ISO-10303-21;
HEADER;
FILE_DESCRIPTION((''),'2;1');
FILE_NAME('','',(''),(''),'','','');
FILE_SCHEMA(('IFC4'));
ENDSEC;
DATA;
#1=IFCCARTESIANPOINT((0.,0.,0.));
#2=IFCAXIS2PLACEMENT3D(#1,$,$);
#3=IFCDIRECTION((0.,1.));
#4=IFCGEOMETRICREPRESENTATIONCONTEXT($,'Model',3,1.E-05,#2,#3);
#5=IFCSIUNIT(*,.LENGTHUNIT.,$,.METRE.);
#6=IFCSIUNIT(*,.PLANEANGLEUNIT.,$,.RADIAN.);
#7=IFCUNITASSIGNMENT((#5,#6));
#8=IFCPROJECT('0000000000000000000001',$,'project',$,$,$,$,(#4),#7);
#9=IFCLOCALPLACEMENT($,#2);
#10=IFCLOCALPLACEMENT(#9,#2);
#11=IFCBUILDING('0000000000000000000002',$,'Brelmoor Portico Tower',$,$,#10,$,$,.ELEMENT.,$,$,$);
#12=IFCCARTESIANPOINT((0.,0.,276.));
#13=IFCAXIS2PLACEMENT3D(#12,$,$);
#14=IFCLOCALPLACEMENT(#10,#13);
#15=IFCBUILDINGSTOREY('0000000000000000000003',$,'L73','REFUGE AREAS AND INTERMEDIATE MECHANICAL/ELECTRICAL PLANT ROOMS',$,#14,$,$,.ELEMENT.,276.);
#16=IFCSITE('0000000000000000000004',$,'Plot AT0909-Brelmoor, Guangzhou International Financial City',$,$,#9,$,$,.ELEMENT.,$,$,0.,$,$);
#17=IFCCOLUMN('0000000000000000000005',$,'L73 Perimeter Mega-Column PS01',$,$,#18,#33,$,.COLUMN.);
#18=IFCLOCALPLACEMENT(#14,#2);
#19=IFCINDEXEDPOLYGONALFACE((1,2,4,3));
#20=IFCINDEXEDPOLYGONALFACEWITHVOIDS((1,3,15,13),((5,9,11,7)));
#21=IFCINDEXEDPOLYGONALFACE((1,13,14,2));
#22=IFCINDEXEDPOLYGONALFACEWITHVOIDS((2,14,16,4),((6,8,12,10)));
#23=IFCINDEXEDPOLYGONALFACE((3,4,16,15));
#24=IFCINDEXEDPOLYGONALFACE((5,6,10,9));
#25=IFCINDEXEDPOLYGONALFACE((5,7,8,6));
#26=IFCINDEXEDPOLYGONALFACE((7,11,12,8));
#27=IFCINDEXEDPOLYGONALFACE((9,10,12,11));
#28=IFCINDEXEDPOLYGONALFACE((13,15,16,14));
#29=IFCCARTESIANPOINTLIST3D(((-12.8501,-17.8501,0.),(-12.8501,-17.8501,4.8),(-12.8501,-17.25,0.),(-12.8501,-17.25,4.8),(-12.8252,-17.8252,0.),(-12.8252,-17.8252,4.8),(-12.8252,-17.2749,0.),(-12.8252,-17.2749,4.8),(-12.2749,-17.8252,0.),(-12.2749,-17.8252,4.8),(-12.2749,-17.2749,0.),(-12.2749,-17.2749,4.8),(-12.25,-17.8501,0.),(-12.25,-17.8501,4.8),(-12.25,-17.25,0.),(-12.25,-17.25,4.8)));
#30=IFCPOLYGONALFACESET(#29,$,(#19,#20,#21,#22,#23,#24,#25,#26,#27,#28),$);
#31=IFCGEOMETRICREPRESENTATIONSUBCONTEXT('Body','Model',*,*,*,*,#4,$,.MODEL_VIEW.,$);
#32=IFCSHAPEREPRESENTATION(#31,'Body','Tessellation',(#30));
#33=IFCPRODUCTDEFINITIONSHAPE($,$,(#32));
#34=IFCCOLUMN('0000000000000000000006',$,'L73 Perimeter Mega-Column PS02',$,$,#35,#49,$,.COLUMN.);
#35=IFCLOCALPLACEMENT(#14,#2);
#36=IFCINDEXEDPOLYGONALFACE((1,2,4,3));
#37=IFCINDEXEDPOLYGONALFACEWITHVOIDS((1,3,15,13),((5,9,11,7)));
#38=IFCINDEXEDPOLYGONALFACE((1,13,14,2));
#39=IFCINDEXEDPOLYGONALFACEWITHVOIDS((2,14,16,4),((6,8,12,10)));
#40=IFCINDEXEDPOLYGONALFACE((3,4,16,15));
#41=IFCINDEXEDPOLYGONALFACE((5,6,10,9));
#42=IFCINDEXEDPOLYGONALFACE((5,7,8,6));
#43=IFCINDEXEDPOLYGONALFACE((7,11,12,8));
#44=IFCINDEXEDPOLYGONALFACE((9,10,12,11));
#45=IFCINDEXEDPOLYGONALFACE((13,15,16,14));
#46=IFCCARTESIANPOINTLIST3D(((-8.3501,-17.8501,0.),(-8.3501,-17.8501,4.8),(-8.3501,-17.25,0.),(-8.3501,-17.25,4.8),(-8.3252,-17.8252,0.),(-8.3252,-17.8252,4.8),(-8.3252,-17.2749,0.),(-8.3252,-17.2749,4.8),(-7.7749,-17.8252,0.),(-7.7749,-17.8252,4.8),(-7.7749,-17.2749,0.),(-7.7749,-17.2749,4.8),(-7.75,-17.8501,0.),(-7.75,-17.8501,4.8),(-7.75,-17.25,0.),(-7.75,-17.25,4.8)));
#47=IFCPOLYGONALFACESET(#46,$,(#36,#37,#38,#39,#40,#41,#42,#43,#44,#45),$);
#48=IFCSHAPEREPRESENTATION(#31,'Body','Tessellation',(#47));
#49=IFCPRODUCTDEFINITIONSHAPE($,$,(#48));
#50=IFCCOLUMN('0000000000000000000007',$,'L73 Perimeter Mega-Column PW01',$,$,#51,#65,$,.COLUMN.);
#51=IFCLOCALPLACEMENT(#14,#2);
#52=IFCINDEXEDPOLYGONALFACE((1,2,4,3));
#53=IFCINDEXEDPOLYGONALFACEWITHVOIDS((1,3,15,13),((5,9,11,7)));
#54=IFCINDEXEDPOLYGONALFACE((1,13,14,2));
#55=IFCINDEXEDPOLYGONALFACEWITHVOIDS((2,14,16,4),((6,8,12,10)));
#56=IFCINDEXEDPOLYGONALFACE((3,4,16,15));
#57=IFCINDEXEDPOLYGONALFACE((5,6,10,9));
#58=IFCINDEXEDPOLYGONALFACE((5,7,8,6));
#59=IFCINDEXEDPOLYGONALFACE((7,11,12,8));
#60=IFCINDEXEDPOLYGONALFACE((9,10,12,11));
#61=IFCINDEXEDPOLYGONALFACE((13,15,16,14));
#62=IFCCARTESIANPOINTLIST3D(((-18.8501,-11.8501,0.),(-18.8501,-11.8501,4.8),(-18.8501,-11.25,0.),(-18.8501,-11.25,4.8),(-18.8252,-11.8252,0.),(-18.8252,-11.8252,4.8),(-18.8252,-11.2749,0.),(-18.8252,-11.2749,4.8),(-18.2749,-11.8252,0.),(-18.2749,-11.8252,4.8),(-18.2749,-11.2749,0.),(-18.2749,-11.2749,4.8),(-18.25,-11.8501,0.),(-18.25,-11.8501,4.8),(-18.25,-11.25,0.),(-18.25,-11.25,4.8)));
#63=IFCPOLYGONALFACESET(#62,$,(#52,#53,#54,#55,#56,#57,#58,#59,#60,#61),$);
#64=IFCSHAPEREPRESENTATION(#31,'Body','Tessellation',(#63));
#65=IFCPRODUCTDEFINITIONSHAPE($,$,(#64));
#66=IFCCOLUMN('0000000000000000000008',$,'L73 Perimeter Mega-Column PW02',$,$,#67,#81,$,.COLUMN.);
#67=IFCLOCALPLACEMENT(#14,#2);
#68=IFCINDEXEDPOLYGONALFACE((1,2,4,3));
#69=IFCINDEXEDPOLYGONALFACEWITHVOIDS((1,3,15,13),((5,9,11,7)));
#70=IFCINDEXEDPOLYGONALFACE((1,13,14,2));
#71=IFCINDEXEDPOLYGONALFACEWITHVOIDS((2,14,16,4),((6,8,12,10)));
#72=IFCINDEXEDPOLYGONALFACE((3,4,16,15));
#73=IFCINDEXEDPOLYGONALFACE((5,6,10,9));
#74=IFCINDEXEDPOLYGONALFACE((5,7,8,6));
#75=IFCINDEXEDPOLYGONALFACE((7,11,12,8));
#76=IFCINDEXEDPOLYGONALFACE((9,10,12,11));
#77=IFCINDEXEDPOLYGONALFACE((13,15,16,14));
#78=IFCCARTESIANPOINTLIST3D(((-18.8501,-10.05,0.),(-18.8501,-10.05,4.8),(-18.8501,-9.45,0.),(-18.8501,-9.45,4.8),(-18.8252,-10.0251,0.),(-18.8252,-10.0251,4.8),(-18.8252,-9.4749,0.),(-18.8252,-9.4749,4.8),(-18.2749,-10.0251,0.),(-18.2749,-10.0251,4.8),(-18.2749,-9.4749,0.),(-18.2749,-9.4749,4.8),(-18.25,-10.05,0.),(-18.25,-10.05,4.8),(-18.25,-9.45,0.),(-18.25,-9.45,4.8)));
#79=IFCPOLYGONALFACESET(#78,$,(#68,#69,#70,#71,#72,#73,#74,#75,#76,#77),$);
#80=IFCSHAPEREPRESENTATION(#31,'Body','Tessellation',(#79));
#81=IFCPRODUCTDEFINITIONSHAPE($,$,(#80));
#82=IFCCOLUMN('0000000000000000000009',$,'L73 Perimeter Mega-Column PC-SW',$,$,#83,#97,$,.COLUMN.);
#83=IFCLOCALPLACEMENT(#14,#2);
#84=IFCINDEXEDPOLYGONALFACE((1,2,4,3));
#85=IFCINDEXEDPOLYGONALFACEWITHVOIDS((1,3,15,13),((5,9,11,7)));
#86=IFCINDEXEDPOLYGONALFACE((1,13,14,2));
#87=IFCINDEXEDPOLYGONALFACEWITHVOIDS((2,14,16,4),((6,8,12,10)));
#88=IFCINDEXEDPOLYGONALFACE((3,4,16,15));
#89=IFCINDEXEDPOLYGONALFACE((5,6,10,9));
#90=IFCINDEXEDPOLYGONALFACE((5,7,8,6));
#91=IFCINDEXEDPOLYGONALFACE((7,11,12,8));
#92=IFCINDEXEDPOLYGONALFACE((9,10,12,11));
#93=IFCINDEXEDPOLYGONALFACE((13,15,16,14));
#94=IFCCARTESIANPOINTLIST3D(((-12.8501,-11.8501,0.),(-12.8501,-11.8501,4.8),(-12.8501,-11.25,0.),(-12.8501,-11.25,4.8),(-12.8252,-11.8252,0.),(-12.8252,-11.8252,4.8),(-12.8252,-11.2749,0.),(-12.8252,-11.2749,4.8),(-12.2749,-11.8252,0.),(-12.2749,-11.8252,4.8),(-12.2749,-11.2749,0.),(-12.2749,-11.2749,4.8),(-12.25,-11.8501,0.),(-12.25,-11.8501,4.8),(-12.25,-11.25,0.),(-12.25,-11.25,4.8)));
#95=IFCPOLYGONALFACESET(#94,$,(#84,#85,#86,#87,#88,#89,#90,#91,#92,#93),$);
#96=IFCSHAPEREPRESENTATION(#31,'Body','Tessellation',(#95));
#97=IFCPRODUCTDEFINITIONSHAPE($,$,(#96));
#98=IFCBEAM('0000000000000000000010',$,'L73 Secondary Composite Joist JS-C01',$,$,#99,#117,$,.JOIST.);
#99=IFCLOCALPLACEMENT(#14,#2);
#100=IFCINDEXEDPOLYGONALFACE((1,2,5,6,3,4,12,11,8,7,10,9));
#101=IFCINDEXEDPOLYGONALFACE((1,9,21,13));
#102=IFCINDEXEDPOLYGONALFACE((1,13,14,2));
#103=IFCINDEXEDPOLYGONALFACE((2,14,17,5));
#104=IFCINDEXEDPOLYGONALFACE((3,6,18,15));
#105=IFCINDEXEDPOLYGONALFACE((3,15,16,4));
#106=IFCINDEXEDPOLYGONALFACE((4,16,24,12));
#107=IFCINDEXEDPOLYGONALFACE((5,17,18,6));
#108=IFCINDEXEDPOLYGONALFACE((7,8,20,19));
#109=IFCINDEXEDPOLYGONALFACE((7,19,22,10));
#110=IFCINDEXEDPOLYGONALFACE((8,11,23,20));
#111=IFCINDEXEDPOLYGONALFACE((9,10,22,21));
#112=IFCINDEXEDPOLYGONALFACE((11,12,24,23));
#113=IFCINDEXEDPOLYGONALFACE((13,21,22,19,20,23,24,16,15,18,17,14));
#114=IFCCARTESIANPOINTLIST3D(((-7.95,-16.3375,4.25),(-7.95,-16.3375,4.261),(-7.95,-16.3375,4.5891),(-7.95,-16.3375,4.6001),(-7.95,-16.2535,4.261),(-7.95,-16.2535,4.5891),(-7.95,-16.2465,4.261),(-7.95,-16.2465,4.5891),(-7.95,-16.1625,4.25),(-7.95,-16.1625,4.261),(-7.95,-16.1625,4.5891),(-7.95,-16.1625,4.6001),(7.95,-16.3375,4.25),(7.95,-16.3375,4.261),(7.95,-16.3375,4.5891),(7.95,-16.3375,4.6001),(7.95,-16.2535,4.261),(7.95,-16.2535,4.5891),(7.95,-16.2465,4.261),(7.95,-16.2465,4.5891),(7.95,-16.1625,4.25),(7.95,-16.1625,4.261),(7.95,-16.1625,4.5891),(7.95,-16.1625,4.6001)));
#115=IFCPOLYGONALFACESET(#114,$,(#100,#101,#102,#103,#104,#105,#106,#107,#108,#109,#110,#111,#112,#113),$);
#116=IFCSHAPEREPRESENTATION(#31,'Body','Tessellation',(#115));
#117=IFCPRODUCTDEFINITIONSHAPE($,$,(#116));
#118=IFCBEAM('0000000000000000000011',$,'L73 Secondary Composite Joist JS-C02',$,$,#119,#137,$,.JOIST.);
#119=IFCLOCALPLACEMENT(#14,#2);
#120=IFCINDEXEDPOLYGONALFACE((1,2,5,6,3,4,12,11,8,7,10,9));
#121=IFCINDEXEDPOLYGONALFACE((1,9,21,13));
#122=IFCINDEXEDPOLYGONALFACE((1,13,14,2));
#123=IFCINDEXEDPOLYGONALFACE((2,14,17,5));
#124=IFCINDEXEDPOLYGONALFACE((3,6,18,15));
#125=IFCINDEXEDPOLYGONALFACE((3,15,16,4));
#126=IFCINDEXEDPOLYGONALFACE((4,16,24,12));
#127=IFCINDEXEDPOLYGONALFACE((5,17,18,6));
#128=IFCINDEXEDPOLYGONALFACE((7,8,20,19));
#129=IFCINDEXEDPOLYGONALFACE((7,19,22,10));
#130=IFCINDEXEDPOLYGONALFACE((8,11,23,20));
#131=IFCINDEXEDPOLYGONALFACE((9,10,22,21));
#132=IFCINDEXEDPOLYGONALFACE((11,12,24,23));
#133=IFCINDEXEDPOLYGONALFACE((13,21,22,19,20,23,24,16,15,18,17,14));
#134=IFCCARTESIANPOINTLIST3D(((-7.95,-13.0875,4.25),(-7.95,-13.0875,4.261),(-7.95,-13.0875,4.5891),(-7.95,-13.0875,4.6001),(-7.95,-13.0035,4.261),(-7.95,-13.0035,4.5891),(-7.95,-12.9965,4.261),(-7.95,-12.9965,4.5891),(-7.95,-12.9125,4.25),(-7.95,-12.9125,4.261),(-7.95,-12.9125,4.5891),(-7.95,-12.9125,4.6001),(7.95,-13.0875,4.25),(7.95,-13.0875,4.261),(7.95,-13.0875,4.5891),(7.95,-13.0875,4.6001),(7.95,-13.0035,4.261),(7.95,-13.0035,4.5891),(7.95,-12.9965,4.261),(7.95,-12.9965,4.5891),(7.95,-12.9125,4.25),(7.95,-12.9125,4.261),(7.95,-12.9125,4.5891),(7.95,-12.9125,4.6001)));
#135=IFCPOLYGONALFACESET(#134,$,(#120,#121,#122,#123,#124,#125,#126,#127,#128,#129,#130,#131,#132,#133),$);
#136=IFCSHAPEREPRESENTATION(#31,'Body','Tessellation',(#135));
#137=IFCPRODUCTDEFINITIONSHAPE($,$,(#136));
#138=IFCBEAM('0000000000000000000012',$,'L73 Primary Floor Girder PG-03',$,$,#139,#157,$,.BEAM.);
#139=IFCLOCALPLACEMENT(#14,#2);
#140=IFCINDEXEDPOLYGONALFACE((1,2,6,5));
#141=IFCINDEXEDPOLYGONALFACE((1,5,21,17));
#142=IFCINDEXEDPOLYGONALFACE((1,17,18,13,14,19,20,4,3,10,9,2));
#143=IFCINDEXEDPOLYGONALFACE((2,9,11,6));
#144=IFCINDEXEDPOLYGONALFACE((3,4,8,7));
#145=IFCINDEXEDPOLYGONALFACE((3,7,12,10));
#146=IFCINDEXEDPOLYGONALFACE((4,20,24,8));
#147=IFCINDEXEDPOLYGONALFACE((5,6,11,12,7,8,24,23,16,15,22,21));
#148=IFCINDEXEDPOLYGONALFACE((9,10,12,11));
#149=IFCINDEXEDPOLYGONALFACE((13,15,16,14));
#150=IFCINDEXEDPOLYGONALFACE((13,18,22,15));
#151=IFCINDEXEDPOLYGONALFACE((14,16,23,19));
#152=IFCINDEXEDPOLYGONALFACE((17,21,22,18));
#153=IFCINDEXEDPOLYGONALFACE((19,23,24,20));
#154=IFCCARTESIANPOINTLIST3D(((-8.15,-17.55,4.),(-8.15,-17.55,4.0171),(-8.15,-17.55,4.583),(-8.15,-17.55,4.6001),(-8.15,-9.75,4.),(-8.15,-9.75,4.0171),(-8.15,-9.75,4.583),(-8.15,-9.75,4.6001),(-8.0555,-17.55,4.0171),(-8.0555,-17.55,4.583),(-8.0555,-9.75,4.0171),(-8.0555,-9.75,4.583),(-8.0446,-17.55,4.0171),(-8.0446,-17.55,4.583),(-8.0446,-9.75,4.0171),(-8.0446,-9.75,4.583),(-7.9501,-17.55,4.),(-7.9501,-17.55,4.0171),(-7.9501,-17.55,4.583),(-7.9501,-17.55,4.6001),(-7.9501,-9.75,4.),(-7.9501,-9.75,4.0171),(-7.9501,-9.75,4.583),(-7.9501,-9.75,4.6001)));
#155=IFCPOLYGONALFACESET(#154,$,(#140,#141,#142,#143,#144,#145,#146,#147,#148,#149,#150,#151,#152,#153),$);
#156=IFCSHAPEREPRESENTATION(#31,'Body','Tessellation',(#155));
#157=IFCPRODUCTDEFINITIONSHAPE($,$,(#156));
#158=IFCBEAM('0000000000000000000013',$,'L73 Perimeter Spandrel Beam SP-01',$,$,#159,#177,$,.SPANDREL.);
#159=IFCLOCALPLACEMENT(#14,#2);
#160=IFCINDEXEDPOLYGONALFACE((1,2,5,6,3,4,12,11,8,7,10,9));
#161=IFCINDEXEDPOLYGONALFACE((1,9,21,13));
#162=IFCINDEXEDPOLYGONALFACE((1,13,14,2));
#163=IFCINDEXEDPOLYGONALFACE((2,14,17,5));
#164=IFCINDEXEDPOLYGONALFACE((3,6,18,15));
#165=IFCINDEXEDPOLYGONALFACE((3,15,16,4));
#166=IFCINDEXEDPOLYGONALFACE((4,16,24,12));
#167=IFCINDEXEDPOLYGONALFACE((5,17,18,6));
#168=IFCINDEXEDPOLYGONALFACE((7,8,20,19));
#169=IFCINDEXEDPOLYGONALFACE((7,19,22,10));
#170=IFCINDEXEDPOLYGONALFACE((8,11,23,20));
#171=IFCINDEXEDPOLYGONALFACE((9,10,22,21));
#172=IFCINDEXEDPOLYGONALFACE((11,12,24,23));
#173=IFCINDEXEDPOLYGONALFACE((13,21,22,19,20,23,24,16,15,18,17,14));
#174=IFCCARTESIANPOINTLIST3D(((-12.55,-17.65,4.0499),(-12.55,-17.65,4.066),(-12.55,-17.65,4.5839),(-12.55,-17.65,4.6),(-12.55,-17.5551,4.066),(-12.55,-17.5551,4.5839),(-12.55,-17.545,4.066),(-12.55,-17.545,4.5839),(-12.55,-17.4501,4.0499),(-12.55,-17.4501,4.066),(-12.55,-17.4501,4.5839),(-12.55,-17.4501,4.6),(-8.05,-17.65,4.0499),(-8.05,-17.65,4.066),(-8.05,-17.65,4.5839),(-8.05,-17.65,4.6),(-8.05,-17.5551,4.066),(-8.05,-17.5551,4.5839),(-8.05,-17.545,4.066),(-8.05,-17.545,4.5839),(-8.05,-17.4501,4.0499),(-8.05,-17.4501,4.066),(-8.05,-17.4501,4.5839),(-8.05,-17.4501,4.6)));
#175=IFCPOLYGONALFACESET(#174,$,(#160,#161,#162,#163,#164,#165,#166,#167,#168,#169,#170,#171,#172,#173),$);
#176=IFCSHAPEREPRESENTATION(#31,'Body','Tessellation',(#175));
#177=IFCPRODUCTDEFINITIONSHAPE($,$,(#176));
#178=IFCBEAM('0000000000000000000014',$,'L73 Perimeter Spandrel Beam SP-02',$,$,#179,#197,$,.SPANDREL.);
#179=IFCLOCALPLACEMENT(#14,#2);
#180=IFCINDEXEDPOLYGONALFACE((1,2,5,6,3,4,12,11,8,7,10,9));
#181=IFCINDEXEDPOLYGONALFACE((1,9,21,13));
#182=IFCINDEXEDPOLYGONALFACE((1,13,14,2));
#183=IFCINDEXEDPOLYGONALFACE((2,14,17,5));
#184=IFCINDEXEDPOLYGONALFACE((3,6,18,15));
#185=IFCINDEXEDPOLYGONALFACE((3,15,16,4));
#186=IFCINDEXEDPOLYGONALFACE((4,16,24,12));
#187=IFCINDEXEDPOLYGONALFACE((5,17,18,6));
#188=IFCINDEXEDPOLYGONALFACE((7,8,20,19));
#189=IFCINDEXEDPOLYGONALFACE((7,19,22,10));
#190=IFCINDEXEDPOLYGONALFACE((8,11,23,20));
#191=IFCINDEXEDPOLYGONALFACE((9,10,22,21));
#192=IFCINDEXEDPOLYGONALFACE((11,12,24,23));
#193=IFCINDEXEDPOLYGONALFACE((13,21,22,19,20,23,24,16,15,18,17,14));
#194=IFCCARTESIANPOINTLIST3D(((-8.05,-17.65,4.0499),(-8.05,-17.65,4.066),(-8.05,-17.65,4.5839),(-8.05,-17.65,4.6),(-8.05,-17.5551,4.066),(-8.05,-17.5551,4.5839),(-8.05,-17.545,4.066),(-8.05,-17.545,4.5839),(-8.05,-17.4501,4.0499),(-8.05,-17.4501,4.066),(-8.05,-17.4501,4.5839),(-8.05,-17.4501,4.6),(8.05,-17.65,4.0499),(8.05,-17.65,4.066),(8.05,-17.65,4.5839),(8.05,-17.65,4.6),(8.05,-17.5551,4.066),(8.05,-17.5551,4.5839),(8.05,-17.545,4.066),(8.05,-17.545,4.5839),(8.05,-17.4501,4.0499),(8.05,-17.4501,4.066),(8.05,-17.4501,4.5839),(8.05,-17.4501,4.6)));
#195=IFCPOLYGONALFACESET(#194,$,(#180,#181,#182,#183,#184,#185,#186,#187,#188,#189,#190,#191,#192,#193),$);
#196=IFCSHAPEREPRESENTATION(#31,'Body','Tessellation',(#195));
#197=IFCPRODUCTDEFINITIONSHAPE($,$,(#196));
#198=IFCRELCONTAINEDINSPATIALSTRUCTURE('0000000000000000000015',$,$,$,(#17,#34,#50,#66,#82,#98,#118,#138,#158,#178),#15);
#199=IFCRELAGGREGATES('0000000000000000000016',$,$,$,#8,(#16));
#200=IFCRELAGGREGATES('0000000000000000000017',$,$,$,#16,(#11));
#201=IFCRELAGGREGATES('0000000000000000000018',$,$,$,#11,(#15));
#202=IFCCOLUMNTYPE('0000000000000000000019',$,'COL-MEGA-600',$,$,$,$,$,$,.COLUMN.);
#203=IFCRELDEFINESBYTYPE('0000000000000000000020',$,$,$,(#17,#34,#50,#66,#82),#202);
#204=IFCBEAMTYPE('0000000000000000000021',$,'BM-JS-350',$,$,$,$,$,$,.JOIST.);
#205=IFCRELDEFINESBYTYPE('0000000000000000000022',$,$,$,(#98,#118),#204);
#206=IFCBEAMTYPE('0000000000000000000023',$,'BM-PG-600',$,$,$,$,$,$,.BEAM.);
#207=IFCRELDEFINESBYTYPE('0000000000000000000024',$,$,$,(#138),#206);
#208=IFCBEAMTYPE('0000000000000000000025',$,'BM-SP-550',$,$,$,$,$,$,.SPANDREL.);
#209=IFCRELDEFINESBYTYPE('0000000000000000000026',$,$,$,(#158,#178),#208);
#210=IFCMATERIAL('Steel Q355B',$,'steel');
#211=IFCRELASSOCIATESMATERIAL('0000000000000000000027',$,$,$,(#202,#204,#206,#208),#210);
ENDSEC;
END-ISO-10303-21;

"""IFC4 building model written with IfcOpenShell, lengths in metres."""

from ifc_helpers import new_model, si_unit, direction, frame, origin, origin_2d, place, context, subcontext, project, spatial, hollow_rectangle, i_section, extrude, material, material_profile, profile_set, type_object, element, save


model = new_model("IFC4")

# Units and contexts
model_context = context("Model", 3, precision=1e-05, world=origin(), true_north=direction((0.0, 1.0)))
body_context = subcontext(model_context, "Body", "Model", "MODEL_VIEW")
ifc_project = project(units=[si_unit("LENGTHUNIT", "METRE"), si_unit("PLANEANGLEUNIT", "RADIAN")], contexts=[model_context])

# Site, building, storey
site_placement = place(None, origin())
site = spatial("IfcSite", under=ifc_project, at=site_placement, Name="Plot AT0909-Brelmoor, Guangzhou International Financial City", CompositionType="ELEMENT", RefElevation=0.0)
building_placement = place(site_placement, origin())
building = spatial("IfcBuilding", under=site, at=building_placement, Name="Brelmoor Portico Tower", CompositionType="ELEMENT")
storey_placement = place(building_placement, frame((0.0, 0.0, 276.0)))
storey = spatial("IfcBuildingStorey", under=building, at=storey_placement, Name="L73", Description="REFUGE AREAS AND INTERMEDIATE MECHANICAL/ELECTRICAL PLANT ROOMS", CompositionType="ELEMENT", Elevation=276.0)

# Columns
ifc_material_1 = material(Name="Steel Q355B", Category="steel")
ifc_material_profile_1 = material_profile(ifc_material_1, hollow_rectangle(XDim=0.6001, YDim=0.6001, WallThickness=0.0249, at=origin_2d()), Name="BOX 600x600x25")
ifc_profile_set_1 = profile_set([ifc_material_profile_1], Name="Steel Q355B")
column_type = type_object("IfcColumnType", Name="COL-MEGA-600", PredefinedType="COLUMN", material=ifc_profile_set_1)
for number, where, z_axis, x_axis, name in (
    (1, (-12.55, -17.55, 0.0), (0.0, 0.0, 1.0), (1.0, 0.0, 0.0), "L73 Perimeter Mega-Column PS01"),
    (2, (-8.05, -17.55, 0.0), (0.0, 0.0, 1.0), (1.0, 0.0, 0.0), "L73 Perimeter Mega-Column PS02"),
    (3, (-18.55, -11.55, 0.0), (0.0, 0.0, 1.0), (0.0, 1.0, 0.0), "L73 Perimeter Mega-Column PW01"),
    (4, (-18.55, -9.75, 0.0), (0.0, 0.0, 1.0), (0.0, 1.0, 0.0), "L73 Perimeter Mega-Column PW02"),
    (5, (-12.55, -11.55, 0.0), (0.0, 0.0, 1.0), (1.0, 0.0, 0.0), "L73 Perimeter Mega-Column PC-SW"),
):
    element("IfcColumn", number, at=place(storey_placement, frame(where, z_axis=z_axis, x_axis=x_axis)), inside=storey, type_object=column_type, Name=name, PredefinedType="COLUMN", context=body_context, shape_type="SweptSolid", body=[
        extrude(hollow_rectangle(XDim=0.6001, YDim=0.6001, WallThickness=0.0249, at=origin_2d()), origin(), (0.0, 0.0, 1.0), 4.8),
    ])

# Beams
ifc_material_profile_2 = material_profile(ifc_material_1, i_section(OverallWidth=0.175, OverallDepth=0.3501, WebThickness=0.0071, FlangeThickness=0.011, at=origin_2d()), Name="HN 350x175x7x11")
ifc_profile_set_2 = profile_set([ifc_material_profile_2], Name="Steel Q355B")
beam_type_1 = type_object("IfcBeamType", Name="BM-JS-350", PredefinedType="JOIST", material=ifc_profile_set_2)
for number, where, z_axis, x_axis, name in (
    (6, (-7.95, -16.25, 4.425), (1.0, 0.0, 0.0), (0.0, 1.0, 0.0), "L73 Secondary Composite Joist JS-C01"),
    (7, (-7.95, -13.0, 4.425), (1.0, 0.0, 0.0), (0.0, 1.0, 0.0), "L73 Secondary Composite Joist JS-C02"),
):
    element("IfcBeam", number, at=place(storey_placement, frame(where, z_axis=z_axis, x_axis=x_axis)), inside=storey, type_object=beam_type_1, Name=name, PredefinedType="JOIST", context=body_context, shape_type="SweptSolid", body=[
        extrude(i_section(OverallWidth=0.175, OverallDepth=0.3501, WebThickness=0.0071, FlangeThickness=0.011, at=origin_2d()), origin(), (0.0, 0.0, 1.0), 15.8999),
    ])
ifc_material_profile_3 = material_profile(ifc_material_1, i_section(OverallWidth=0.2, OverallDepth=0.6001, WebThickness=0.011, FlangeThickness=0.0171, at=origin_2d()), Name="HN 600x200x11x17")
ifc_profile_set_3 = profile_set([ifc_material_profile_3], Name="Steel Q355B")
beam_type_2 = type_object("IfcBeamType", Name="BM-PG-600", PredefinedType="BEAM", material=ifc_profile_set_3)
beam_1_placement = place(storey_placement, frame((-8.05, -17.55, 4.3), z_axis=(0.0, 1.0, 0.0), x_axis=(-1.0, 0.0, 0.0)))
element("IfcBeam", 8, at=beam_1_placement, inside=storey, type_object=beam_type_2, Name="L73 Primary Floor Girder PG-03", PredefinedType="BEAM", context=body_context, shape_type="SweptSolid", body=[
    extrude(i_section(OverallWidth=0.2, OverallDepth=0.6001, WebThickness=0.011, FlangeThickness=0.0171, at=origin_2d()), origin(), (0.0, 0.0, 1.0), 7.8),
])
ifc_material_profile_4 = material_profile(ifc_material_1, i_section(OverallWidth=0.2, OverallDepth=0.55, WebThickness=0.01, FlangeThickness=0.0161, at=origin_2d()), Name="HN 550x200x10x16")
ifc_profile_set_4 = profile_set([ifc_material_profile_4], Name="Steel Q355B")
beam_type_3 = type_object("IfcBeamType", Name="BM-SP-550", PredefinedType="SPANDREL", material=ifc_profile_set_4)
beam_2_placement = place(storey_placement, frame((-12.55, -17.55, 4.325), z_axis=(1.0, 0.0, 0.0), x_axis=(0.0, 1.0, 0.0)))
element("IfcBeam", 9, at=beam_2_placement, inside=storey, type_object=beam_type_3, Name="L73 Perimeter Spandrel Beam SP-01", PredefinedType="SPANDREL", context=body_context, shape_type="SweptSolid", body=[
    extrude(i_section(OverallWidth=0.2, OverallDepth=0.55, WebThickness=0.01, FlangeThickness=0.0161, at=origin_2d()), origin(), (0.0, 0.0, 1.0), 4.5),
])
beam_3_placement = place(storey_placement, frame((-8.05, -17.55, 4.325), z_axis=(1.0, 0.0, 0.0), x_axis=(0.0, 1.0, 0.0)))
element("IfcBeam", 10, at=beam_3_placement, inside=storey, type_object=beam_type_3, Name="L73 Perimeter Spandrel Beam SP-02", PredefinedType="SPANDREL", context=body_context, shape_type="SweptSolid", body=[
    extrude(i_section(OverallWidth=0.2, OverallDepth=0.55, WebThickness=0.01, FlangeThickness=0.0161, at=origin_2d()), origin(), (0.0, 0.0, 1.0), 16.1001),
])

save(model, "model.ifc")
